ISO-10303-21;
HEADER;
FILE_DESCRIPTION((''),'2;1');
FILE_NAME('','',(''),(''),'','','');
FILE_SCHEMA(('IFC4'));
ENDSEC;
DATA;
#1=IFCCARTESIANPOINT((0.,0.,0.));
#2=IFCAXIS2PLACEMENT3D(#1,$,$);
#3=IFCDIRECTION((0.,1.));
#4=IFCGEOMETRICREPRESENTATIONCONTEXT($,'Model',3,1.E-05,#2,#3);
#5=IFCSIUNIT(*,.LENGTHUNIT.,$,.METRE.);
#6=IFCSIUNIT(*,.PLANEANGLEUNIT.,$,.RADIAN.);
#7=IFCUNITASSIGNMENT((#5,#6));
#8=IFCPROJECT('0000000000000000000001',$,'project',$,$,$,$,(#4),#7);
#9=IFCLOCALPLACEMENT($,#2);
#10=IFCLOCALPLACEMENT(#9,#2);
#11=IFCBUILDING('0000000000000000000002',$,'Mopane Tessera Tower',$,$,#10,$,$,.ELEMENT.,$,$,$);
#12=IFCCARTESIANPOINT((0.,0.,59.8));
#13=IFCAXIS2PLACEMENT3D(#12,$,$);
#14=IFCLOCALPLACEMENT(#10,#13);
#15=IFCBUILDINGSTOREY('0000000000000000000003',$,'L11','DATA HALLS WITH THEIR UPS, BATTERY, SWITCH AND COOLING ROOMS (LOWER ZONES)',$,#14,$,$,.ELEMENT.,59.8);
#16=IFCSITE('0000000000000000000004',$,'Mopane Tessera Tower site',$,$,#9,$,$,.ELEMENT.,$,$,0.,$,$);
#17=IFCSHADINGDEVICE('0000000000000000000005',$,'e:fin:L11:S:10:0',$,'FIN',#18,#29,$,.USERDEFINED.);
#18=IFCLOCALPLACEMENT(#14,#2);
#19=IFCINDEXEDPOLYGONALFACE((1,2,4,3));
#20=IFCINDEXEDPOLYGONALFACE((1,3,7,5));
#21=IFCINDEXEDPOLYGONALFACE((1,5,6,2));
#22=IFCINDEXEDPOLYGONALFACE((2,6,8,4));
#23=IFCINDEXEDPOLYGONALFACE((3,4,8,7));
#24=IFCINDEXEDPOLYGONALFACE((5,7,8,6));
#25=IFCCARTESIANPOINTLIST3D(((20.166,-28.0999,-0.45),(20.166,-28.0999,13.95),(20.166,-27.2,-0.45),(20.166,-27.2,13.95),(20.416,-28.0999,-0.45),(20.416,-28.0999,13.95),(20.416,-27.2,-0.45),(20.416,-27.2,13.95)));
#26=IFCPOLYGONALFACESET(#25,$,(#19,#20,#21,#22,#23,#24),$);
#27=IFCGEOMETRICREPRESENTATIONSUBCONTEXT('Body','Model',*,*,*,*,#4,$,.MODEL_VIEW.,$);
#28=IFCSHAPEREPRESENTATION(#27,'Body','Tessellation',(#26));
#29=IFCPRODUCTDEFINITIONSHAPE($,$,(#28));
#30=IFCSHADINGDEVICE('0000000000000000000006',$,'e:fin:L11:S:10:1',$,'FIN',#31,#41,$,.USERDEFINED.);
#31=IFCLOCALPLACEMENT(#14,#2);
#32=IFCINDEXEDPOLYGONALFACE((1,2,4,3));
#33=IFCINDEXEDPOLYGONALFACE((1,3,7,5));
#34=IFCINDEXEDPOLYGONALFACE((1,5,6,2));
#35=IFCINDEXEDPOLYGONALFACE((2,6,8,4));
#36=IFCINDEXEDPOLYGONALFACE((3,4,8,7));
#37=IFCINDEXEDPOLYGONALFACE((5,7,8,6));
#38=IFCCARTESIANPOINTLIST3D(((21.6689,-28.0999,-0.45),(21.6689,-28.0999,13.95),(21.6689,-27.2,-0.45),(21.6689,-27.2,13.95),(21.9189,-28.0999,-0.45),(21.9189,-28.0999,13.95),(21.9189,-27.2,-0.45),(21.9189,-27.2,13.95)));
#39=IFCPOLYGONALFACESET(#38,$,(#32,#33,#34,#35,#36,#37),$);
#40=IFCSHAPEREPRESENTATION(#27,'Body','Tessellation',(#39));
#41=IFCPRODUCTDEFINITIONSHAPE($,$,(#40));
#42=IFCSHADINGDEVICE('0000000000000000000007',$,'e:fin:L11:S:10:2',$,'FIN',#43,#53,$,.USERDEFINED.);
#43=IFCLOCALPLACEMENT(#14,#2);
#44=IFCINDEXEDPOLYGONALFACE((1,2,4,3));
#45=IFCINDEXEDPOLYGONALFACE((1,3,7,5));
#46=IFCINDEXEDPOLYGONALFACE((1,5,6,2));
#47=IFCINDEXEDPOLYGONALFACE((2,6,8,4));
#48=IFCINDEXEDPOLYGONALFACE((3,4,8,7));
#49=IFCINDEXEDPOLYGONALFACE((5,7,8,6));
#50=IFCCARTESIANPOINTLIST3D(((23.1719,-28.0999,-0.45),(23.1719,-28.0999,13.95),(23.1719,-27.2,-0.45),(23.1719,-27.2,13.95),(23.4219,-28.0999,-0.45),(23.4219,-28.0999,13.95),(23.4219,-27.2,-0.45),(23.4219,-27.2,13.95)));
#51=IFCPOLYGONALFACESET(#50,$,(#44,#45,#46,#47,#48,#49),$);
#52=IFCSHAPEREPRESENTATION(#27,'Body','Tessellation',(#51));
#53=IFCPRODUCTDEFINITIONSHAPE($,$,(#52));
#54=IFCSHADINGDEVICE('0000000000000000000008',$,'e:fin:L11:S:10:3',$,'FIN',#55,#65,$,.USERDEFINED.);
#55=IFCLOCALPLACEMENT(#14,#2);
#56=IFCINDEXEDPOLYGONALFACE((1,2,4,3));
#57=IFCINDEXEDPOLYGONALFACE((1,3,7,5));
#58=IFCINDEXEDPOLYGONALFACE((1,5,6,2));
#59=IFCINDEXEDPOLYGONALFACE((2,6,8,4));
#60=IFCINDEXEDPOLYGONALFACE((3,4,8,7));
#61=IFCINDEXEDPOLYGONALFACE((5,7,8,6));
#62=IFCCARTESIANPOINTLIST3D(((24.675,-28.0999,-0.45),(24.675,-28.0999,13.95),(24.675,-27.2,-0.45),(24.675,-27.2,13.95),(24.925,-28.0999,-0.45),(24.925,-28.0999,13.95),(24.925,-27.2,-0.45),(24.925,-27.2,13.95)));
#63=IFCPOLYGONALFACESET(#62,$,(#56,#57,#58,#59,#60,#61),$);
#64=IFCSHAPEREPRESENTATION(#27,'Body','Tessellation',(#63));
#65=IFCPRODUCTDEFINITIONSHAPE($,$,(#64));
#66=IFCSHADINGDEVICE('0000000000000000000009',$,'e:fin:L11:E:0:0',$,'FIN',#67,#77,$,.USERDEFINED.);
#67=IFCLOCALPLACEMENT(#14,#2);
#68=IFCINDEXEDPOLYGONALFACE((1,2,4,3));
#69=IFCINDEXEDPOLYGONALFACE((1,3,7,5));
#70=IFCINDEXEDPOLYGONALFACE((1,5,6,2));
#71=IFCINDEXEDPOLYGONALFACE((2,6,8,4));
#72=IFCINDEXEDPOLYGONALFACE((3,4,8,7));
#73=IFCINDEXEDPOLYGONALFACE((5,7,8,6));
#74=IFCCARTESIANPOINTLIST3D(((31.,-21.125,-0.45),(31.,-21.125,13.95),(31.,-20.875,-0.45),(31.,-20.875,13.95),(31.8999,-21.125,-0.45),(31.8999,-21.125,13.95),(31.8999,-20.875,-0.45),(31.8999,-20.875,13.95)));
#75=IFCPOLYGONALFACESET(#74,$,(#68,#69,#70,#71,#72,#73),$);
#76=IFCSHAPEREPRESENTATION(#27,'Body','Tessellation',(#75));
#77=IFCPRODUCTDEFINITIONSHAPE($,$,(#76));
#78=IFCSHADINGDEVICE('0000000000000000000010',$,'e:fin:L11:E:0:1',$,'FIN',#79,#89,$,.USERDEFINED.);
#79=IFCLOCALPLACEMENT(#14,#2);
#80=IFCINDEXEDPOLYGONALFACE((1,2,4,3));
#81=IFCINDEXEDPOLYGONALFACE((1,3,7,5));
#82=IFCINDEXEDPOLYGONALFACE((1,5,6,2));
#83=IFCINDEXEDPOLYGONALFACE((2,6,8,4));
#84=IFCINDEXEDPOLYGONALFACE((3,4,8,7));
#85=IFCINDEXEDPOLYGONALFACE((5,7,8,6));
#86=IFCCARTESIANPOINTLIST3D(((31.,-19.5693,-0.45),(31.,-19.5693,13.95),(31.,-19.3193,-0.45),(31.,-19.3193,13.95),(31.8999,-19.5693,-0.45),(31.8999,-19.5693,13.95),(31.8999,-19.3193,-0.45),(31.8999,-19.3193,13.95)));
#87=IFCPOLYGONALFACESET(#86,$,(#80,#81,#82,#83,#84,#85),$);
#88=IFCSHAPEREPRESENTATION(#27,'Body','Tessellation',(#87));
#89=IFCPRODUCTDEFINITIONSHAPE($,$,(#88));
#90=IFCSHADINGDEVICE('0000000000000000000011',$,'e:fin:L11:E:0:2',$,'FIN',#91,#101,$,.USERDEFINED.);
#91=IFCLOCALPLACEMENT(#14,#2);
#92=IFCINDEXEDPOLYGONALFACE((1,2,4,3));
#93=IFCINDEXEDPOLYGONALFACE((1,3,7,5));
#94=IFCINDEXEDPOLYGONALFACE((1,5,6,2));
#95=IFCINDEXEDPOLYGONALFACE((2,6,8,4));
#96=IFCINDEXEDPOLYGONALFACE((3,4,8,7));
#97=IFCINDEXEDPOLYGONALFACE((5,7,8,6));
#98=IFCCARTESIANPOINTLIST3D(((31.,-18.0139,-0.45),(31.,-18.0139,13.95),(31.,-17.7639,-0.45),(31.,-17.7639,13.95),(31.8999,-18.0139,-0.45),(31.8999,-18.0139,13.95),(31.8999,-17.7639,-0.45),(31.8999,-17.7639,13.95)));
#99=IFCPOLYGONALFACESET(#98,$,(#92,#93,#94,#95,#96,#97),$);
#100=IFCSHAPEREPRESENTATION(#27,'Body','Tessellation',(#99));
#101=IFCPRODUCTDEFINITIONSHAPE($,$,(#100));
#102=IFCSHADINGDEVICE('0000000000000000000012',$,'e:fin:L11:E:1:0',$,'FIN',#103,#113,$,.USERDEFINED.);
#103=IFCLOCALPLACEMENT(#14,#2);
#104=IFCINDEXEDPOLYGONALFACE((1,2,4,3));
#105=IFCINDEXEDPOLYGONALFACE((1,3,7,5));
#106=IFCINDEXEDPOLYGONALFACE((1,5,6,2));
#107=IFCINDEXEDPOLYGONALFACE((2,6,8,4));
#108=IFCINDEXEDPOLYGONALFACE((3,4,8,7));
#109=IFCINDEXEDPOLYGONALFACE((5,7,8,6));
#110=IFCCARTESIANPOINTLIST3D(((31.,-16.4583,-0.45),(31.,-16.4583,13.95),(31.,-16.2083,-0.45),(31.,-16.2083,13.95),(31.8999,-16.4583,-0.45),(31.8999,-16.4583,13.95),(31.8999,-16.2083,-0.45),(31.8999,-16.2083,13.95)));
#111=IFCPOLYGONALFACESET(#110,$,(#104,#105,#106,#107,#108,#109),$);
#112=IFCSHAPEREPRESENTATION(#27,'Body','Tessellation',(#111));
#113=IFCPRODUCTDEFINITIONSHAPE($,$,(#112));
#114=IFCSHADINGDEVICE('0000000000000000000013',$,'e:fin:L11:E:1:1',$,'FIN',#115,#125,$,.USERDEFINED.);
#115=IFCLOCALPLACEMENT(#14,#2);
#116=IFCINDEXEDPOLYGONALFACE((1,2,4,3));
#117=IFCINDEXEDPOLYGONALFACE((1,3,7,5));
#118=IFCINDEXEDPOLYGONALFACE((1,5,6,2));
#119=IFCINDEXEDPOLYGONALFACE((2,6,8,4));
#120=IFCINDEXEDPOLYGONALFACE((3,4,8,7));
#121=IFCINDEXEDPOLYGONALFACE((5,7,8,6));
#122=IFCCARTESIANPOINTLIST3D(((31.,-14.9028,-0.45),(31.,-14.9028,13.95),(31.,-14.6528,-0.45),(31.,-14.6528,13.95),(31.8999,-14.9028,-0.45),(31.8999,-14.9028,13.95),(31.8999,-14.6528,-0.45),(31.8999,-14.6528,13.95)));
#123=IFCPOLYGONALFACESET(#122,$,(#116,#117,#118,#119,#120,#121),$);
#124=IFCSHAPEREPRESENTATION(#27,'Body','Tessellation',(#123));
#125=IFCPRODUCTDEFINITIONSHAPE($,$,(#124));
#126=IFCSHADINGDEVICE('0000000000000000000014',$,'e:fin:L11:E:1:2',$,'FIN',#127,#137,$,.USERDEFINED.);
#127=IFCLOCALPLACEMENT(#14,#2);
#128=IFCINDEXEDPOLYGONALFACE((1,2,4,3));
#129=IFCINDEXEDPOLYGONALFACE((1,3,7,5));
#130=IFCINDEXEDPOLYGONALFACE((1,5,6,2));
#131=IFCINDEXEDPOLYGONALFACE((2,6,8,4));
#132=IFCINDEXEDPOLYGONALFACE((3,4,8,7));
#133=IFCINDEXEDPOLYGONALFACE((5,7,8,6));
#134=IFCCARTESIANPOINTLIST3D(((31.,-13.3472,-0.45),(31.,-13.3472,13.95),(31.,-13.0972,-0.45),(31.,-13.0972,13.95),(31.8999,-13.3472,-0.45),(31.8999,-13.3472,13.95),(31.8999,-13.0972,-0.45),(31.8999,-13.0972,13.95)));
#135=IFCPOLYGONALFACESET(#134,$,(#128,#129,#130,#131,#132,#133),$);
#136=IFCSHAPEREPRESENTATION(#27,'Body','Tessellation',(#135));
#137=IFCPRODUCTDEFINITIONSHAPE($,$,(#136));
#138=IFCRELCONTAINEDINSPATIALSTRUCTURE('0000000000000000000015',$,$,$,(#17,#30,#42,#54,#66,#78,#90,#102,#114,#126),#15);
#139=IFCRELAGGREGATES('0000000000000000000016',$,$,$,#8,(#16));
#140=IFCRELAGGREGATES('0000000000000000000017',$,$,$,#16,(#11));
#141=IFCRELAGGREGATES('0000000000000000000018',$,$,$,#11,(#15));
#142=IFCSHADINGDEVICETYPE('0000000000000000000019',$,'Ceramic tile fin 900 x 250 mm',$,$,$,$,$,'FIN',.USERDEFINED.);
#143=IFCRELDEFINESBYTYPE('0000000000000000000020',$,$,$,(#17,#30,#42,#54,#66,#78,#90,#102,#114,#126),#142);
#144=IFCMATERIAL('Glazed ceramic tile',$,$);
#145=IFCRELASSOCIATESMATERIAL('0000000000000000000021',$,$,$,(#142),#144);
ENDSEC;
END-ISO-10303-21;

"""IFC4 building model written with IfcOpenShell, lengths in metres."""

from ifc_helpers import new_model, si_unit, direction, frame, origin, origin_2d, place, context, subcontext, project, spatial, rectangle, extrude, material, type_object, element, save


model = new_model("IFC4")

# Units and contexts
model_context = context("Model", 3, precision=1e-05, world=origin(), true_north=direction((0.0, 1.0)))
body_context = subcontext(model_context, "Body", "Model", "MODEL_VIEW")
ifc_project = project(units=[si_unit("LENGTHUNIT", "METRE"), si_unit("PLANEANGLEUNIT", "RADIAN")], contexts=[model_context])

# Site, building, storey
site_placement = place(None, origin())
site = spatial("IfcSite", under=ifc_project, at=site_placement, Name="Mopane Tessera Tower site", CompositionType="ELEMENT", RefElevation=0.0)
building_placement = place(site_placement, origin())
building = spatial("IfcBuilding", under=site, at=building_placement, Name="Mopane Tessera Tower", CompositionType="ELEMENT")
storey_placement = place(building_placement, frame((0.0, 0.0, 59.8)))
storey = spatial("IfcBuildingStorey", under=building, at=storey_placement, Name="L11", Description="DATA HALLS WITH THEIR UPS, BATTERY, SWITCH AND COOLING ROOMS (LOWER ZONES)", CompositionType="ELEMENT", Elevation=59.8)

# Shading devices
ifc_material_1 = material(Name="Glazed ceramic tile")
shading_device_type = type_object("IfcShadingDeviceType", Name="Ceramic tile fin 900 x 250 mm", ElementType="FIN", PredefinedType="USERDEFINED", material=ifc_material_1)
for number, where, z_axis, x_axis, name in (
    (1, (20.291, -27.6499, -0.45), (0.0, 0.0, 1.0), (1.0, 0.0, 0.0), "e:fin:L11:S:10:0"),
    (2, (21.7939, -27.6499, -0.45), (0.0, 0.0, 1.0), (1.0, 0.0, 0.0), "e:fin:L11:S:10:1"),
    (3, (23.2969, -27.6499, -0.45), (0.0, 0.0, 1.0), (1.0, 0.0, 0.0), "e:fin:L11:S:10:2"),
    (4, (24.8, -27.6499, -0.45), (0.0, 0.0, 1.0), (1.0, 0.0, 0.0), "e:fin:L11:S:10:3"),
    (5, (31.45, -21.0, -0.45), (0.0, 0.0, 1.0), (0.0, 1.0, 0.0), "e:fin:L11:E:0:0"),
    (6, (31.45, -19.4443, -0.45), (0.0, 0.0, 1.0), (0.0, 1.0, 0.0), "e:fin:L11:E:0:1"),
    (7, (31.45, -17.8889, -0.45), (0.0, 0.0, 1.0), (0.0, 1.0, 0.0), "e:fin:L11:E:0:2"),
    (8, (31.45, -16.3333, -0.45), (0.0, 0.0, 1.0), (0.0, 1.0, 0.0), "e:fin:L11:E:1:0"),
    (9, (31.45, -14.7778, -0.45), (0.0, 0.0, 1.0), (0.0, 1.0, 0.0), "e:fin:L11:E:1:1"),
    (10, (31.45, -13.2222, -0.45), (0.0, 0.0, 1.0), (0.0, 1.0, 0.0), "e:fin:L11:E:1:2"),
):
    element("IfcShadingDevice", number, at=place(storey_placement, frame(where, z_axis=z_axis, x_axis=x_axis)), inside=storey, type_object=shading_device_type, Name=name, ObjectType="FIN", PredefinedType="USERDEFINED", context=body_context, shape_type="SweptSolid", body=[
        extrude(rectangle(XDim=0.25, YDim=0.8999, at=origin_2d()), origin(), (0.0, 0.0, 1.0), 14.3999),
    ])

save(model, "model.ifc")
